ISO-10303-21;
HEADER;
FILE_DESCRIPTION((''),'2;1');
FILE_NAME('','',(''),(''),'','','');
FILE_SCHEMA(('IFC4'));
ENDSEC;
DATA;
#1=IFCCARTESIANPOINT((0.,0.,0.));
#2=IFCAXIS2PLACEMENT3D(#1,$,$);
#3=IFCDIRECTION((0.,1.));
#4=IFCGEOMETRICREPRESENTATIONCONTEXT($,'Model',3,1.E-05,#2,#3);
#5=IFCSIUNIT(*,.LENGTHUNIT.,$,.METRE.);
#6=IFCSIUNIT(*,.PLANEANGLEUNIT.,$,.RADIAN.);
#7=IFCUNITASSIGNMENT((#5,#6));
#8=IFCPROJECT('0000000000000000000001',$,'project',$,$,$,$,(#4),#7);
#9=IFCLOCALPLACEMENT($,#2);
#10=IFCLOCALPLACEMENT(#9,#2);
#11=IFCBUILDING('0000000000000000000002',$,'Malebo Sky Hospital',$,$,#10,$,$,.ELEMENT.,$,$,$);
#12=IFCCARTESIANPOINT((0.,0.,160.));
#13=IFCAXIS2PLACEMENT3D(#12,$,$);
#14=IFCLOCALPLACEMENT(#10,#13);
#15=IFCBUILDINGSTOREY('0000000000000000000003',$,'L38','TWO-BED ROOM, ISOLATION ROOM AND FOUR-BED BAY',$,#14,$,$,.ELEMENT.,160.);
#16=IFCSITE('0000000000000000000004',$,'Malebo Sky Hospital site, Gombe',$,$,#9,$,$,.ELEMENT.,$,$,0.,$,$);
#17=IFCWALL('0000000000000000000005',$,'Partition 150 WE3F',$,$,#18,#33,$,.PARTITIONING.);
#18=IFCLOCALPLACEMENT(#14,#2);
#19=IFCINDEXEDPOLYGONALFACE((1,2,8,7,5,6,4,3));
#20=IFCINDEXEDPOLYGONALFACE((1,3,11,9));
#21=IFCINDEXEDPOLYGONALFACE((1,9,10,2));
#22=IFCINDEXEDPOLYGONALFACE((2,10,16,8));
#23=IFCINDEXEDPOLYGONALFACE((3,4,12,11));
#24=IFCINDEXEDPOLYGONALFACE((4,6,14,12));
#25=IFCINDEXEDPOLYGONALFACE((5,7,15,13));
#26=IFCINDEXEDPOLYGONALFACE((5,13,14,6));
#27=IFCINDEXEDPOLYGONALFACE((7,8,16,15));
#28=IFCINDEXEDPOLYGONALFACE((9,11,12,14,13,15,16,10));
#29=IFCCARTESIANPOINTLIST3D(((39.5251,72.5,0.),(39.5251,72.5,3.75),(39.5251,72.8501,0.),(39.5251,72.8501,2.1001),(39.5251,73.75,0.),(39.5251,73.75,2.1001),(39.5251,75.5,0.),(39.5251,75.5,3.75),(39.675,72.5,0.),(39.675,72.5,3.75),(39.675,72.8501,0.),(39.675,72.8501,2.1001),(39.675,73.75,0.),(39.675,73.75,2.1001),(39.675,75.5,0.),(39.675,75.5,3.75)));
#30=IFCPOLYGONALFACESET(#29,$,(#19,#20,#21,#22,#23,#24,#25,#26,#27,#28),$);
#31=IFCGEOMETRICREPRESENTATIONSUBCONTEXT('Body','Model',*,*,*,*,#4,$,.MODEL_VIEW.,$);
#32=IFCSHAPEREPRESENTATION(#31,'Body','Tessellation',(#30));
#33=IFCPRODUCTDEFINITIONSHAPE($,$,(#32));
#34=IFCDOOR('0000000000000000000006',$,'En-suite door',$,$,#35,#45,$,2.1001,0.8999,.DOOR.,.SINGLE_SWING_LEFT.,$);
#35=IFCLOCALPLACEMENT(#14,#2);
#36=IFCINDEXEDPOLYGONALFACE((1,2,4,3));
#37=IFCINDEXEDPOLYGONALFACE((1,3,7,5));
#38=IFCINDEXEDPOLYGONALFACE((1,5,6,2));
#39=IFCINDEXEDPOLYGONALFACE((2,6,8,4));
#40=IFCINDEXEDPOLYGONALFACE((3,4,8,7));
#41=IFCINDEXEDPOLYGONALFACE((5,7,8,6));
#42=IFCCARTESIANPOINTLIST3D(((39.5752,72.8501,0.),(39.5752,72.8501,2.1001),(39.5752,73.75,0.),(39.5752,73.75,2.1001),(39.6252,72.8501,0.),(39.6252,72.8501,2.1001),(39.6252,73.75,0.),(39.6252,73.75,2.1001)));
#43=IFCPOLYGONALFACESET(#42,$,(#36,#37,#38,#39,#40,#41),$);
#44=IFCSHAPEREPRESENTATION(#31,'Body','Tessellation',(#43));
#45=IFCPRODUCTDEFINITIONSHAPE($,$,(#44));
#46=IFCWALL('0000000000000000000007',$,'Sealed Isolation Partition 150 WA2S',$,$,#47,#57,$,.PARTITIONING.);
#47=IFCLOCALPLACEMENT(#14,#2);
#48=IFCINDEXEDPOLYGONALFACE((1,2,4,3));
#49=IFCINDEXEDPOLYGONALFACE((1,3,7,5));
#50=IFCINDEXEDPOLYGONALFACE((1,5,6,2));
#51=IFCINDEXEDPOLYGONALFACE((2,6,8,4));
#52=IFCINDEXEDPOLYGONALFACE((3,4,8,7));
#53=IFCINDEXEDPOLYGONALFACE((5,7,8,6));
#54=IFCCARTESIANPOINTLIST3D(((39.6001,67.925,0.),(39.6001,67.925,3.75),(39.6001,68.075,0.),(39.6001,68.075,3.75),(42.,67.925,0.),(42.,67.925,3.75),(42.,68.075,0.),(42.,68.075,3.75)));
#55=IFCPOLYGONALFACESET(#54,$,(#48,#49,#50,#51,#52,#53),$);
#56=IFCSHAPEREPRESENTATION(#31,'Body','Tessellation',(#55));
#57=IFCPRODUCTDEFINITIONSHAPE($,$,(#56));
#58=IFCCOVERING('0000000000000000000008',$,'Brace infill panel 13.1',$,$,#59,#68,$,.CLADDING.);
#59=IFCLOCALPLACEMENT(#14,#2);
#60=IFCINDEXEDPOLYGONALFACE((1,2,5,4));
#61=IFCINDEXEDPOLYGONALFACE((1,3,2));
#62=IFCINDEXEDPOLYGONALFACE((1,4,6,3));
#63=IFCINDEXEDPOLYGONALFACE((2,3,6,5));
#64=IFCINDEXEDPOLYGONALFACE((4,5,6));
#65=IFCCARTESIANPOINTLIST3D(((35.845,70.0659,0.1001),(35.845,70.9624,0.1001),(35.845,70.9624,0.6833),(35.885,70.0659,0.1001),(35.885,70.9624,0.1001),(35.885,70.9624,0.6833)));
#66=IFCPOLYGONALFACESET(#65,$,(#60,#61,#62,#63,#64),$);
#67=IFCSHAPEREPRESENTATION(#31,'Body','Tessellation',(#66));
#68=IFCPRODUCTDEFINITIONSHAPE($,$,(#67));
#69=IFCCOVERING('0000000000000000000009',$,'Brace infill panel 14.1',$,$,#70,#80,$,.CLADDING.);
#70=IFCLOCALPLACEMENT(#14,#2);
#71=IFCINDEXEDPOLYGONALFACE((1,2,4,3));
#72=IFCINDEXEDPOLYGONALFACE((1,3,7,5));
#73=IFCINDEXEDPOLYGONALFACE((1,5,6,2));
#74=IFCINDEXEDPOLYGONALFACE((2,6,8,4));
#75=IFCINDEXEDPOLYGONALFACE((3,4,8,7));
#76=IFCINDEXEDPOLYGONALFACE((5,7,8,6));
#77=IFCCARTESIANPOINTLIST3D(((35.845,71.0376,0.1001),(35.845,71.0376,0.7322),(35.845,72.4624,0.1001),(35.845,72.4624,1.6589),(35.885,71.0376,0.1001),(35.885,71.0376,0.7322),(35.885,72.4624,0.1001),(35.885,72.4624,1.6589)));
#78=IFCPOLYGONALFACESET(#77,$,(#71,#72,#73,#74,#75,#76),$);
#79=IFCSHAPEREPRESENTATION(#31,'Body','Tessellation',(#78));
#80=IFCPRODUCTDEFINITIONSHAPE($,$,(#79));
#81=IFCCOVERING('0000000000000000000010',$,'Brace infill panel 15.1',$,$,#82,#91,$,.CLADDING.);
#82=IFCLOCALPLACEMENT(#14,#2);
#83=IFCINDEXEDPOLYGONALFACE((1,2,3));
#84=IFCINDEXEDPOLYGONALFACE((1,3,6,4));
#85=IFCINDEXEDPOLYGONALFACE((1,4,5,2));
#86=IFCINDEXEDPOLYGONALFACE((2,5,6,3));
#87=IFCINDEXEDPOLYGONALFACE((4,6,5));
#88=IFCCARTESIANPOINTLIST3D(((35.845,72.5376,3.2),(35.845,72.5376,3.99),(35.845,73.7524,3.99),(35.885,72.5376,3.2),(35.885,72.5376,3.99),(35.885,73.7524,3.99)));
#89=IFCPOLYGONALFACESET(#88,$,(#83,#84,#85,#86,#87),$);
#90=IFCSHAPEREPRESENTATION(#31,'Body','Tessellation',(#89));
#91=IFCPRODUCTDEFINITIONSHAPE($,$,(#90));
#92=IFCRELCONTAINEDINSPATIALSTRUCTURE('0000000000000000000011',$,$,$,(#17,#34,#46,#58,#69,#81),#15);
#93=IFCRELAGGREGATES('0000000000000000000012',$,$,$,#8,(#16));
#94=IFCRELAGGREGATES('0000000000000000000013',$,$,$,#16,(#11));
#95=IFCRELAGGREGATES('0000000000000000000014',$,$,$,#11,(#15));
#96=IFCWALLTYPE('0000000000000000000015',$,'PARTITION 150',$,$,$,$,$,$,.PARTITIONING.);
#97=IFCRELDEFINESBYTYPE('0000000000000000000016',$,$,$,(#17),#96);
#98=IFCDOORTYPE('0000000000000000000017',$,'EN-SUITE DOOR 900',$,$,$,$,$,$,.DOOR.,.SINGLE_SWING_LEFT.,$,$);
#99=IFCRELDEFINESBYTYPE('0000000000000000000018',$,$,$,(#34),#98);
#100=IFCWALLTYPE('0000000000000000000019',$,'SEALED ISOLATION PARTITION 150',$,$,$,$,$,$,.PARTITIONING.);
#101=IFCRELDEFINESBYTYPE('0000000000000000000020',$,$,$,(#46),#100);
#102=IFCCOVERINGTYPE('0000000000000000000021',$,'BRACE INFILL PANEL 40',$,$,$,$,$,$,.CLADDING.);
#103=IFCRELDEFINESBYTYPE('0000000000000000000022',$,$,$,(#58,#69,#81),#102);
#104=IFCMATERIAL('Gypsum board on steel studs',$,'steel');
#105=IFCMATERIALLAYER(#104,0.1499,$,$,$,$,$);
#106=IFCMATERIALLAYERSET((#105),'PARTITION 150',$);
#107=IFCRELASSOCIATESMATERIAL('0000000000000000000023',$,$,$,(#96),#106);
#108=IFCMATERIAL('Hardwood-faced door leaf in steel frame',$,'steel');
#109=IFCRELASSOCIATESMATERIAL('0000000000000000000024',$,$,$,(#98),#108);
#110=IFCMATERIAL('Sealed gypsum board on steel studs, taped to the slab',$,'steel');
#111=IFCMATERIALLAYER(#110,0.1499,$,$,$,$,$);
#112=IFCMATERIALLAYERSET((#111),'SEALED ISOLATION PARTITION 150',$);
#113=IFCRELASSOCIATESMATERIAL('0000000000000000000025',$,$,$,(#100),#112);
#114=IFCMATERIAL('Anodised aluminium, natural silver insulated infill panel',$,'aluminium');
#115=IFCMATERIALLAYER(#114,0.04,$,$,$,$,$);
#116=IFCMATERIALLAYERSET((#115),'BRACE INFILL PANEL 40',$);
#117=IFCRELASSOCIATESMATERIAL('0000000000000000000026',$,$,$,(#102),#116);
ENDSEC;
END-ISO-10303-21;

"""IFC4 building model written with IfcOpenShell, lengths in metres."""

from ifc_helpers import new_model, si_unit, direction, frame, frame_2d, origin, place, context, subcontext, project, spatial, polyline, rectangle, outline, extrude, material, layer, layer_set, type_object, element, fill, save


model = new_model("IFC4")

# Units and contexts
model_context = context("Model", 3, precision=1e-05, world=origin(), true_north=direction((0.0, 1.0)))
body_context = subcontext(model_context, "Body", "Model", "MODEL_VIEW")
ifc_project = project(units=[si_unit("LENGTHUNIT", "METRE"), si_unit("PLANEANGLEUNIT", "RADIAN")], contexts=[model_context])

# Site, building, storey
site_placement = place(None, origin())
site = spatial("IfcSite", under=ifc_project, at=site_placement, Name="Malebo Sky Hospital site, Gombe", CompositionType="ELEMENT", RefElevation=0.0)
building_placement = place(site_placement, origin())
building = spatial("IfcBuilding", under=site, at=building_placement, Name="Malebo Sky Hospital", CompositionType="ELEMENT")
storey_placement = place(building_placement, frame((0.0, 0.0, 160.0)))
storey = spatial("IfcBuildingStorey", under=building, at=storey_placement, Name="L38", Description="TWO-BED ROOM, ISOLATION ROOM AND FOUR-BED BAY", CompositionType="ELEMENT", Elevation=160.0)

# Shared definitions
ifc_material_1 = material(Name="Gypsum board on steel studs", Category="steel")
ifc_layer_1 = layer(ifc_material_1, 0.1499)
ifc_layer_set_1 = layer_set([ifc_layer_1], Name="PARTITION 150")
wall_type_1 = type_object("IfcWallType", Name="PARTITION 150", PredefinedType="PARTITIONING", material=ifc_layer_set_1)

# Wall, opening, door
wall_1_placement = place(storey_placement, frame((39.6001, 72.5, 0.0), z_axis=(0.0, 0.0, 1.0), x_axis=(0.0, 1.0, 0.0)))
wall_1 = element("IfcWall", 1, at=wall_1_placement, inside=storey, type_object=wall_type_1, Name="Partition 150 WE3F", PredefinedType="PARTITIONING", context=body_context, shape_type="SweptSolid", body=[
    extrude(rectangle(XDim=3.0, YDim=0.1499, at=frame_2d((1.5, 0.0))), origin(), (0.0, 0.0, 1.0), 3.75),
])
opening_placement = place(wall_1_placement, frame((0.3501, 0.0, 0.0)))
opening = element("IfcOpeningElement", 2, at=opening_placement, cuts=wall_1, PredefinedType="OPENING", context=body_context, shape_type="SweptSolid", body=[
    extrude(rectangle(XDim=0.8999, YDim=2.1001, at=frame_2d((0.45, 1.05))), frame((0.0, 0.085, 0.0), z_axis=(0.0, -1.0, 0.0), x_axis=(1.0, 0.0, 0.0)), (0.0, 0.0, 1.0), 0.1699),
])
ifc_material_2 = material(Name="Hardwood-faced door leaf in steel frame", Category="steel")
door_type = type_object("IfcDoorType", Name="EN-SUITE DOOR 900", OperationType="SINGLE_SWING_LEFT", PredefinedType="DOOR", material=ifc_material_2)
door_placement = place(opening_placement, origin())
door = element("IfcDoor", 3, at=door_placement, inside=storey, type_object=door_type, Name="En-suite door", OperationType="SINGLE_SWING_LEFT", OverallHeight=2.1001, OverallWidth=0.8999, PredefinedType="DOOR", context=body_context, shape_type="SweptSolid", body=[
    extrude(rectangle(XDim=0.8999, YDim=2.1001, at=frame_2d((0.45, 1.05))), frame((0.0, 0.0249, 0.0), z_axis=(0.0, -1.0, 0.0), x_axis=(1.0, 0.0, 0.0)), (0.0, 0.0, 1.0), 0.05),
])
fill(opening, door)

# Wall
ifc_material_3 = material(Name="Sealed gypsum board on steel studs, taped to the slab", Category="steel")
ifc_layer_2 = layer(ifc_material_3, 0.1499)
ifc_layer_set_2 = layer_set([ifc_layer_2], Name="SEALED ISOLATION PARTITION 150")
wall_type_2 = type_object("IfcWallType", Name="SEALED ISOLATION PARTITION 150", PredefinedType="PARTITIONING", material=ifc_layer_set_2)
wall_2_placement = place(storey_placement, frame((42.0, 68.0, 0.0), z_axis=(0.0, 0.0, 1.0), x_axis=(-1.0, 0.0, 0.0)))
element("IfcWall", 4, at=wall_2_placement, inside=storey, type_object=wall_type_2, Name="Sealed Isolation Partition 150 WA2S", PredefinedType="PARTITIONING", context=body_context, shape_type="SweptSolid", body=[
    extrude(rectangle(XDim=2.3999, YDim=0.1499, at=frame_2d((1.2, 0.0))), origin(), (0.0, 0.0, 1.0), 3.75),
])

# Coverings
ifc_material_4 = material(Name="Anodised aluminium, natural silver insulated infill panel", Category="aluminium")
ifc_layer_3 = layer(ifc_material_4, 0.04)
ifc_layer_set_3 = layer_set([ifc_layer_3], Name="BRACE INFILL PANEL 40")
covering_type = type_object("IfcCoveringType", Name="BRACE INFILL PANEL 40", PredefinedType="CLADDING", material=ifc_layer_set_3)
covering_1_placement = place(storey_placement, frame((35.865, 70.5142, 0.1001), z_axis=(0.0, 0.0, 1.0), x_axis=(0.0, 1.0, 0.0)))
element("IfcCovering", 5, at=covering_1_placement, inside=storey, type_object=covering_type, Name="Brace infill panel 13.1", PredefinedType="CLADDING", context=body_context, shape_type="SweptSolid", body=[
    extrude(outline(polyline([(-0.4482, 0.0), (0.4482, 0.0), (0.4482, 0.5833), (-0.4482, 0.0)])), frame((0.0, 0.02, 0.0), z_axis=(0.0, -1.0, 0.0), x_axis=(1.0, 0.0, 0.0)), (0.0, 0.0, 1.0), 0.04),
])
covering_2_placement = place(storey_placement, frame((35.865, 71.75, 0.1001), z_axis=(0.0, 0.0, 1.0), x_axis=(0.0, 1.0, 0.0)))
element("IfcCovering", 6, at=covering_2_placement, inside=storey, type_object=covering_type, Name="Brace infill panel 14.1", PredefinedType="CLADDING", context=body_context, shape_type="SweptSolid", body=[
    extrude(outline(polyline([(-0.7124, 0.0), (0.7124, 0.0), (0.7124, 1.5588), (-0.7124, 0.6321), (-0.7124, 0.0)])), frame((0.0, 0.02, 0.0), z_axis=(0.0, -1.0, 0.0), x_axis=(1.0, 0.0, 0.0)), (0.0, 0.0, 1.0), 0.04),
])
covering_3_placement = place(storey_placement, frame((35.865, 73.145, 3.2), z_axis=(0.0, 0.0, 1.0), x_axis=(0.0, 1.0, 0.0)))
element("IfcCovering", 7, at=covering_3_placement, inside=storey, type_object=covering_type, Name="Brace infill panel 15.1", PredefinedType="CLADDING", context=body_context, shape_type="SweptSolid", body=[
    extrude(outline(polyline([(-0.6074, 0.0), (0.6074, 0.79), (-0.6074, 0.79), (-0.6074, 0.0)])), frame((0.0, 0.02, 0.0), z_axis=(0.0, -1.0, 0.0), x_axis=(1.0, 0.0, 0.0)), (0.0, 0.0, 1.0), 0.04),
])

save(model, "model.ifc")
